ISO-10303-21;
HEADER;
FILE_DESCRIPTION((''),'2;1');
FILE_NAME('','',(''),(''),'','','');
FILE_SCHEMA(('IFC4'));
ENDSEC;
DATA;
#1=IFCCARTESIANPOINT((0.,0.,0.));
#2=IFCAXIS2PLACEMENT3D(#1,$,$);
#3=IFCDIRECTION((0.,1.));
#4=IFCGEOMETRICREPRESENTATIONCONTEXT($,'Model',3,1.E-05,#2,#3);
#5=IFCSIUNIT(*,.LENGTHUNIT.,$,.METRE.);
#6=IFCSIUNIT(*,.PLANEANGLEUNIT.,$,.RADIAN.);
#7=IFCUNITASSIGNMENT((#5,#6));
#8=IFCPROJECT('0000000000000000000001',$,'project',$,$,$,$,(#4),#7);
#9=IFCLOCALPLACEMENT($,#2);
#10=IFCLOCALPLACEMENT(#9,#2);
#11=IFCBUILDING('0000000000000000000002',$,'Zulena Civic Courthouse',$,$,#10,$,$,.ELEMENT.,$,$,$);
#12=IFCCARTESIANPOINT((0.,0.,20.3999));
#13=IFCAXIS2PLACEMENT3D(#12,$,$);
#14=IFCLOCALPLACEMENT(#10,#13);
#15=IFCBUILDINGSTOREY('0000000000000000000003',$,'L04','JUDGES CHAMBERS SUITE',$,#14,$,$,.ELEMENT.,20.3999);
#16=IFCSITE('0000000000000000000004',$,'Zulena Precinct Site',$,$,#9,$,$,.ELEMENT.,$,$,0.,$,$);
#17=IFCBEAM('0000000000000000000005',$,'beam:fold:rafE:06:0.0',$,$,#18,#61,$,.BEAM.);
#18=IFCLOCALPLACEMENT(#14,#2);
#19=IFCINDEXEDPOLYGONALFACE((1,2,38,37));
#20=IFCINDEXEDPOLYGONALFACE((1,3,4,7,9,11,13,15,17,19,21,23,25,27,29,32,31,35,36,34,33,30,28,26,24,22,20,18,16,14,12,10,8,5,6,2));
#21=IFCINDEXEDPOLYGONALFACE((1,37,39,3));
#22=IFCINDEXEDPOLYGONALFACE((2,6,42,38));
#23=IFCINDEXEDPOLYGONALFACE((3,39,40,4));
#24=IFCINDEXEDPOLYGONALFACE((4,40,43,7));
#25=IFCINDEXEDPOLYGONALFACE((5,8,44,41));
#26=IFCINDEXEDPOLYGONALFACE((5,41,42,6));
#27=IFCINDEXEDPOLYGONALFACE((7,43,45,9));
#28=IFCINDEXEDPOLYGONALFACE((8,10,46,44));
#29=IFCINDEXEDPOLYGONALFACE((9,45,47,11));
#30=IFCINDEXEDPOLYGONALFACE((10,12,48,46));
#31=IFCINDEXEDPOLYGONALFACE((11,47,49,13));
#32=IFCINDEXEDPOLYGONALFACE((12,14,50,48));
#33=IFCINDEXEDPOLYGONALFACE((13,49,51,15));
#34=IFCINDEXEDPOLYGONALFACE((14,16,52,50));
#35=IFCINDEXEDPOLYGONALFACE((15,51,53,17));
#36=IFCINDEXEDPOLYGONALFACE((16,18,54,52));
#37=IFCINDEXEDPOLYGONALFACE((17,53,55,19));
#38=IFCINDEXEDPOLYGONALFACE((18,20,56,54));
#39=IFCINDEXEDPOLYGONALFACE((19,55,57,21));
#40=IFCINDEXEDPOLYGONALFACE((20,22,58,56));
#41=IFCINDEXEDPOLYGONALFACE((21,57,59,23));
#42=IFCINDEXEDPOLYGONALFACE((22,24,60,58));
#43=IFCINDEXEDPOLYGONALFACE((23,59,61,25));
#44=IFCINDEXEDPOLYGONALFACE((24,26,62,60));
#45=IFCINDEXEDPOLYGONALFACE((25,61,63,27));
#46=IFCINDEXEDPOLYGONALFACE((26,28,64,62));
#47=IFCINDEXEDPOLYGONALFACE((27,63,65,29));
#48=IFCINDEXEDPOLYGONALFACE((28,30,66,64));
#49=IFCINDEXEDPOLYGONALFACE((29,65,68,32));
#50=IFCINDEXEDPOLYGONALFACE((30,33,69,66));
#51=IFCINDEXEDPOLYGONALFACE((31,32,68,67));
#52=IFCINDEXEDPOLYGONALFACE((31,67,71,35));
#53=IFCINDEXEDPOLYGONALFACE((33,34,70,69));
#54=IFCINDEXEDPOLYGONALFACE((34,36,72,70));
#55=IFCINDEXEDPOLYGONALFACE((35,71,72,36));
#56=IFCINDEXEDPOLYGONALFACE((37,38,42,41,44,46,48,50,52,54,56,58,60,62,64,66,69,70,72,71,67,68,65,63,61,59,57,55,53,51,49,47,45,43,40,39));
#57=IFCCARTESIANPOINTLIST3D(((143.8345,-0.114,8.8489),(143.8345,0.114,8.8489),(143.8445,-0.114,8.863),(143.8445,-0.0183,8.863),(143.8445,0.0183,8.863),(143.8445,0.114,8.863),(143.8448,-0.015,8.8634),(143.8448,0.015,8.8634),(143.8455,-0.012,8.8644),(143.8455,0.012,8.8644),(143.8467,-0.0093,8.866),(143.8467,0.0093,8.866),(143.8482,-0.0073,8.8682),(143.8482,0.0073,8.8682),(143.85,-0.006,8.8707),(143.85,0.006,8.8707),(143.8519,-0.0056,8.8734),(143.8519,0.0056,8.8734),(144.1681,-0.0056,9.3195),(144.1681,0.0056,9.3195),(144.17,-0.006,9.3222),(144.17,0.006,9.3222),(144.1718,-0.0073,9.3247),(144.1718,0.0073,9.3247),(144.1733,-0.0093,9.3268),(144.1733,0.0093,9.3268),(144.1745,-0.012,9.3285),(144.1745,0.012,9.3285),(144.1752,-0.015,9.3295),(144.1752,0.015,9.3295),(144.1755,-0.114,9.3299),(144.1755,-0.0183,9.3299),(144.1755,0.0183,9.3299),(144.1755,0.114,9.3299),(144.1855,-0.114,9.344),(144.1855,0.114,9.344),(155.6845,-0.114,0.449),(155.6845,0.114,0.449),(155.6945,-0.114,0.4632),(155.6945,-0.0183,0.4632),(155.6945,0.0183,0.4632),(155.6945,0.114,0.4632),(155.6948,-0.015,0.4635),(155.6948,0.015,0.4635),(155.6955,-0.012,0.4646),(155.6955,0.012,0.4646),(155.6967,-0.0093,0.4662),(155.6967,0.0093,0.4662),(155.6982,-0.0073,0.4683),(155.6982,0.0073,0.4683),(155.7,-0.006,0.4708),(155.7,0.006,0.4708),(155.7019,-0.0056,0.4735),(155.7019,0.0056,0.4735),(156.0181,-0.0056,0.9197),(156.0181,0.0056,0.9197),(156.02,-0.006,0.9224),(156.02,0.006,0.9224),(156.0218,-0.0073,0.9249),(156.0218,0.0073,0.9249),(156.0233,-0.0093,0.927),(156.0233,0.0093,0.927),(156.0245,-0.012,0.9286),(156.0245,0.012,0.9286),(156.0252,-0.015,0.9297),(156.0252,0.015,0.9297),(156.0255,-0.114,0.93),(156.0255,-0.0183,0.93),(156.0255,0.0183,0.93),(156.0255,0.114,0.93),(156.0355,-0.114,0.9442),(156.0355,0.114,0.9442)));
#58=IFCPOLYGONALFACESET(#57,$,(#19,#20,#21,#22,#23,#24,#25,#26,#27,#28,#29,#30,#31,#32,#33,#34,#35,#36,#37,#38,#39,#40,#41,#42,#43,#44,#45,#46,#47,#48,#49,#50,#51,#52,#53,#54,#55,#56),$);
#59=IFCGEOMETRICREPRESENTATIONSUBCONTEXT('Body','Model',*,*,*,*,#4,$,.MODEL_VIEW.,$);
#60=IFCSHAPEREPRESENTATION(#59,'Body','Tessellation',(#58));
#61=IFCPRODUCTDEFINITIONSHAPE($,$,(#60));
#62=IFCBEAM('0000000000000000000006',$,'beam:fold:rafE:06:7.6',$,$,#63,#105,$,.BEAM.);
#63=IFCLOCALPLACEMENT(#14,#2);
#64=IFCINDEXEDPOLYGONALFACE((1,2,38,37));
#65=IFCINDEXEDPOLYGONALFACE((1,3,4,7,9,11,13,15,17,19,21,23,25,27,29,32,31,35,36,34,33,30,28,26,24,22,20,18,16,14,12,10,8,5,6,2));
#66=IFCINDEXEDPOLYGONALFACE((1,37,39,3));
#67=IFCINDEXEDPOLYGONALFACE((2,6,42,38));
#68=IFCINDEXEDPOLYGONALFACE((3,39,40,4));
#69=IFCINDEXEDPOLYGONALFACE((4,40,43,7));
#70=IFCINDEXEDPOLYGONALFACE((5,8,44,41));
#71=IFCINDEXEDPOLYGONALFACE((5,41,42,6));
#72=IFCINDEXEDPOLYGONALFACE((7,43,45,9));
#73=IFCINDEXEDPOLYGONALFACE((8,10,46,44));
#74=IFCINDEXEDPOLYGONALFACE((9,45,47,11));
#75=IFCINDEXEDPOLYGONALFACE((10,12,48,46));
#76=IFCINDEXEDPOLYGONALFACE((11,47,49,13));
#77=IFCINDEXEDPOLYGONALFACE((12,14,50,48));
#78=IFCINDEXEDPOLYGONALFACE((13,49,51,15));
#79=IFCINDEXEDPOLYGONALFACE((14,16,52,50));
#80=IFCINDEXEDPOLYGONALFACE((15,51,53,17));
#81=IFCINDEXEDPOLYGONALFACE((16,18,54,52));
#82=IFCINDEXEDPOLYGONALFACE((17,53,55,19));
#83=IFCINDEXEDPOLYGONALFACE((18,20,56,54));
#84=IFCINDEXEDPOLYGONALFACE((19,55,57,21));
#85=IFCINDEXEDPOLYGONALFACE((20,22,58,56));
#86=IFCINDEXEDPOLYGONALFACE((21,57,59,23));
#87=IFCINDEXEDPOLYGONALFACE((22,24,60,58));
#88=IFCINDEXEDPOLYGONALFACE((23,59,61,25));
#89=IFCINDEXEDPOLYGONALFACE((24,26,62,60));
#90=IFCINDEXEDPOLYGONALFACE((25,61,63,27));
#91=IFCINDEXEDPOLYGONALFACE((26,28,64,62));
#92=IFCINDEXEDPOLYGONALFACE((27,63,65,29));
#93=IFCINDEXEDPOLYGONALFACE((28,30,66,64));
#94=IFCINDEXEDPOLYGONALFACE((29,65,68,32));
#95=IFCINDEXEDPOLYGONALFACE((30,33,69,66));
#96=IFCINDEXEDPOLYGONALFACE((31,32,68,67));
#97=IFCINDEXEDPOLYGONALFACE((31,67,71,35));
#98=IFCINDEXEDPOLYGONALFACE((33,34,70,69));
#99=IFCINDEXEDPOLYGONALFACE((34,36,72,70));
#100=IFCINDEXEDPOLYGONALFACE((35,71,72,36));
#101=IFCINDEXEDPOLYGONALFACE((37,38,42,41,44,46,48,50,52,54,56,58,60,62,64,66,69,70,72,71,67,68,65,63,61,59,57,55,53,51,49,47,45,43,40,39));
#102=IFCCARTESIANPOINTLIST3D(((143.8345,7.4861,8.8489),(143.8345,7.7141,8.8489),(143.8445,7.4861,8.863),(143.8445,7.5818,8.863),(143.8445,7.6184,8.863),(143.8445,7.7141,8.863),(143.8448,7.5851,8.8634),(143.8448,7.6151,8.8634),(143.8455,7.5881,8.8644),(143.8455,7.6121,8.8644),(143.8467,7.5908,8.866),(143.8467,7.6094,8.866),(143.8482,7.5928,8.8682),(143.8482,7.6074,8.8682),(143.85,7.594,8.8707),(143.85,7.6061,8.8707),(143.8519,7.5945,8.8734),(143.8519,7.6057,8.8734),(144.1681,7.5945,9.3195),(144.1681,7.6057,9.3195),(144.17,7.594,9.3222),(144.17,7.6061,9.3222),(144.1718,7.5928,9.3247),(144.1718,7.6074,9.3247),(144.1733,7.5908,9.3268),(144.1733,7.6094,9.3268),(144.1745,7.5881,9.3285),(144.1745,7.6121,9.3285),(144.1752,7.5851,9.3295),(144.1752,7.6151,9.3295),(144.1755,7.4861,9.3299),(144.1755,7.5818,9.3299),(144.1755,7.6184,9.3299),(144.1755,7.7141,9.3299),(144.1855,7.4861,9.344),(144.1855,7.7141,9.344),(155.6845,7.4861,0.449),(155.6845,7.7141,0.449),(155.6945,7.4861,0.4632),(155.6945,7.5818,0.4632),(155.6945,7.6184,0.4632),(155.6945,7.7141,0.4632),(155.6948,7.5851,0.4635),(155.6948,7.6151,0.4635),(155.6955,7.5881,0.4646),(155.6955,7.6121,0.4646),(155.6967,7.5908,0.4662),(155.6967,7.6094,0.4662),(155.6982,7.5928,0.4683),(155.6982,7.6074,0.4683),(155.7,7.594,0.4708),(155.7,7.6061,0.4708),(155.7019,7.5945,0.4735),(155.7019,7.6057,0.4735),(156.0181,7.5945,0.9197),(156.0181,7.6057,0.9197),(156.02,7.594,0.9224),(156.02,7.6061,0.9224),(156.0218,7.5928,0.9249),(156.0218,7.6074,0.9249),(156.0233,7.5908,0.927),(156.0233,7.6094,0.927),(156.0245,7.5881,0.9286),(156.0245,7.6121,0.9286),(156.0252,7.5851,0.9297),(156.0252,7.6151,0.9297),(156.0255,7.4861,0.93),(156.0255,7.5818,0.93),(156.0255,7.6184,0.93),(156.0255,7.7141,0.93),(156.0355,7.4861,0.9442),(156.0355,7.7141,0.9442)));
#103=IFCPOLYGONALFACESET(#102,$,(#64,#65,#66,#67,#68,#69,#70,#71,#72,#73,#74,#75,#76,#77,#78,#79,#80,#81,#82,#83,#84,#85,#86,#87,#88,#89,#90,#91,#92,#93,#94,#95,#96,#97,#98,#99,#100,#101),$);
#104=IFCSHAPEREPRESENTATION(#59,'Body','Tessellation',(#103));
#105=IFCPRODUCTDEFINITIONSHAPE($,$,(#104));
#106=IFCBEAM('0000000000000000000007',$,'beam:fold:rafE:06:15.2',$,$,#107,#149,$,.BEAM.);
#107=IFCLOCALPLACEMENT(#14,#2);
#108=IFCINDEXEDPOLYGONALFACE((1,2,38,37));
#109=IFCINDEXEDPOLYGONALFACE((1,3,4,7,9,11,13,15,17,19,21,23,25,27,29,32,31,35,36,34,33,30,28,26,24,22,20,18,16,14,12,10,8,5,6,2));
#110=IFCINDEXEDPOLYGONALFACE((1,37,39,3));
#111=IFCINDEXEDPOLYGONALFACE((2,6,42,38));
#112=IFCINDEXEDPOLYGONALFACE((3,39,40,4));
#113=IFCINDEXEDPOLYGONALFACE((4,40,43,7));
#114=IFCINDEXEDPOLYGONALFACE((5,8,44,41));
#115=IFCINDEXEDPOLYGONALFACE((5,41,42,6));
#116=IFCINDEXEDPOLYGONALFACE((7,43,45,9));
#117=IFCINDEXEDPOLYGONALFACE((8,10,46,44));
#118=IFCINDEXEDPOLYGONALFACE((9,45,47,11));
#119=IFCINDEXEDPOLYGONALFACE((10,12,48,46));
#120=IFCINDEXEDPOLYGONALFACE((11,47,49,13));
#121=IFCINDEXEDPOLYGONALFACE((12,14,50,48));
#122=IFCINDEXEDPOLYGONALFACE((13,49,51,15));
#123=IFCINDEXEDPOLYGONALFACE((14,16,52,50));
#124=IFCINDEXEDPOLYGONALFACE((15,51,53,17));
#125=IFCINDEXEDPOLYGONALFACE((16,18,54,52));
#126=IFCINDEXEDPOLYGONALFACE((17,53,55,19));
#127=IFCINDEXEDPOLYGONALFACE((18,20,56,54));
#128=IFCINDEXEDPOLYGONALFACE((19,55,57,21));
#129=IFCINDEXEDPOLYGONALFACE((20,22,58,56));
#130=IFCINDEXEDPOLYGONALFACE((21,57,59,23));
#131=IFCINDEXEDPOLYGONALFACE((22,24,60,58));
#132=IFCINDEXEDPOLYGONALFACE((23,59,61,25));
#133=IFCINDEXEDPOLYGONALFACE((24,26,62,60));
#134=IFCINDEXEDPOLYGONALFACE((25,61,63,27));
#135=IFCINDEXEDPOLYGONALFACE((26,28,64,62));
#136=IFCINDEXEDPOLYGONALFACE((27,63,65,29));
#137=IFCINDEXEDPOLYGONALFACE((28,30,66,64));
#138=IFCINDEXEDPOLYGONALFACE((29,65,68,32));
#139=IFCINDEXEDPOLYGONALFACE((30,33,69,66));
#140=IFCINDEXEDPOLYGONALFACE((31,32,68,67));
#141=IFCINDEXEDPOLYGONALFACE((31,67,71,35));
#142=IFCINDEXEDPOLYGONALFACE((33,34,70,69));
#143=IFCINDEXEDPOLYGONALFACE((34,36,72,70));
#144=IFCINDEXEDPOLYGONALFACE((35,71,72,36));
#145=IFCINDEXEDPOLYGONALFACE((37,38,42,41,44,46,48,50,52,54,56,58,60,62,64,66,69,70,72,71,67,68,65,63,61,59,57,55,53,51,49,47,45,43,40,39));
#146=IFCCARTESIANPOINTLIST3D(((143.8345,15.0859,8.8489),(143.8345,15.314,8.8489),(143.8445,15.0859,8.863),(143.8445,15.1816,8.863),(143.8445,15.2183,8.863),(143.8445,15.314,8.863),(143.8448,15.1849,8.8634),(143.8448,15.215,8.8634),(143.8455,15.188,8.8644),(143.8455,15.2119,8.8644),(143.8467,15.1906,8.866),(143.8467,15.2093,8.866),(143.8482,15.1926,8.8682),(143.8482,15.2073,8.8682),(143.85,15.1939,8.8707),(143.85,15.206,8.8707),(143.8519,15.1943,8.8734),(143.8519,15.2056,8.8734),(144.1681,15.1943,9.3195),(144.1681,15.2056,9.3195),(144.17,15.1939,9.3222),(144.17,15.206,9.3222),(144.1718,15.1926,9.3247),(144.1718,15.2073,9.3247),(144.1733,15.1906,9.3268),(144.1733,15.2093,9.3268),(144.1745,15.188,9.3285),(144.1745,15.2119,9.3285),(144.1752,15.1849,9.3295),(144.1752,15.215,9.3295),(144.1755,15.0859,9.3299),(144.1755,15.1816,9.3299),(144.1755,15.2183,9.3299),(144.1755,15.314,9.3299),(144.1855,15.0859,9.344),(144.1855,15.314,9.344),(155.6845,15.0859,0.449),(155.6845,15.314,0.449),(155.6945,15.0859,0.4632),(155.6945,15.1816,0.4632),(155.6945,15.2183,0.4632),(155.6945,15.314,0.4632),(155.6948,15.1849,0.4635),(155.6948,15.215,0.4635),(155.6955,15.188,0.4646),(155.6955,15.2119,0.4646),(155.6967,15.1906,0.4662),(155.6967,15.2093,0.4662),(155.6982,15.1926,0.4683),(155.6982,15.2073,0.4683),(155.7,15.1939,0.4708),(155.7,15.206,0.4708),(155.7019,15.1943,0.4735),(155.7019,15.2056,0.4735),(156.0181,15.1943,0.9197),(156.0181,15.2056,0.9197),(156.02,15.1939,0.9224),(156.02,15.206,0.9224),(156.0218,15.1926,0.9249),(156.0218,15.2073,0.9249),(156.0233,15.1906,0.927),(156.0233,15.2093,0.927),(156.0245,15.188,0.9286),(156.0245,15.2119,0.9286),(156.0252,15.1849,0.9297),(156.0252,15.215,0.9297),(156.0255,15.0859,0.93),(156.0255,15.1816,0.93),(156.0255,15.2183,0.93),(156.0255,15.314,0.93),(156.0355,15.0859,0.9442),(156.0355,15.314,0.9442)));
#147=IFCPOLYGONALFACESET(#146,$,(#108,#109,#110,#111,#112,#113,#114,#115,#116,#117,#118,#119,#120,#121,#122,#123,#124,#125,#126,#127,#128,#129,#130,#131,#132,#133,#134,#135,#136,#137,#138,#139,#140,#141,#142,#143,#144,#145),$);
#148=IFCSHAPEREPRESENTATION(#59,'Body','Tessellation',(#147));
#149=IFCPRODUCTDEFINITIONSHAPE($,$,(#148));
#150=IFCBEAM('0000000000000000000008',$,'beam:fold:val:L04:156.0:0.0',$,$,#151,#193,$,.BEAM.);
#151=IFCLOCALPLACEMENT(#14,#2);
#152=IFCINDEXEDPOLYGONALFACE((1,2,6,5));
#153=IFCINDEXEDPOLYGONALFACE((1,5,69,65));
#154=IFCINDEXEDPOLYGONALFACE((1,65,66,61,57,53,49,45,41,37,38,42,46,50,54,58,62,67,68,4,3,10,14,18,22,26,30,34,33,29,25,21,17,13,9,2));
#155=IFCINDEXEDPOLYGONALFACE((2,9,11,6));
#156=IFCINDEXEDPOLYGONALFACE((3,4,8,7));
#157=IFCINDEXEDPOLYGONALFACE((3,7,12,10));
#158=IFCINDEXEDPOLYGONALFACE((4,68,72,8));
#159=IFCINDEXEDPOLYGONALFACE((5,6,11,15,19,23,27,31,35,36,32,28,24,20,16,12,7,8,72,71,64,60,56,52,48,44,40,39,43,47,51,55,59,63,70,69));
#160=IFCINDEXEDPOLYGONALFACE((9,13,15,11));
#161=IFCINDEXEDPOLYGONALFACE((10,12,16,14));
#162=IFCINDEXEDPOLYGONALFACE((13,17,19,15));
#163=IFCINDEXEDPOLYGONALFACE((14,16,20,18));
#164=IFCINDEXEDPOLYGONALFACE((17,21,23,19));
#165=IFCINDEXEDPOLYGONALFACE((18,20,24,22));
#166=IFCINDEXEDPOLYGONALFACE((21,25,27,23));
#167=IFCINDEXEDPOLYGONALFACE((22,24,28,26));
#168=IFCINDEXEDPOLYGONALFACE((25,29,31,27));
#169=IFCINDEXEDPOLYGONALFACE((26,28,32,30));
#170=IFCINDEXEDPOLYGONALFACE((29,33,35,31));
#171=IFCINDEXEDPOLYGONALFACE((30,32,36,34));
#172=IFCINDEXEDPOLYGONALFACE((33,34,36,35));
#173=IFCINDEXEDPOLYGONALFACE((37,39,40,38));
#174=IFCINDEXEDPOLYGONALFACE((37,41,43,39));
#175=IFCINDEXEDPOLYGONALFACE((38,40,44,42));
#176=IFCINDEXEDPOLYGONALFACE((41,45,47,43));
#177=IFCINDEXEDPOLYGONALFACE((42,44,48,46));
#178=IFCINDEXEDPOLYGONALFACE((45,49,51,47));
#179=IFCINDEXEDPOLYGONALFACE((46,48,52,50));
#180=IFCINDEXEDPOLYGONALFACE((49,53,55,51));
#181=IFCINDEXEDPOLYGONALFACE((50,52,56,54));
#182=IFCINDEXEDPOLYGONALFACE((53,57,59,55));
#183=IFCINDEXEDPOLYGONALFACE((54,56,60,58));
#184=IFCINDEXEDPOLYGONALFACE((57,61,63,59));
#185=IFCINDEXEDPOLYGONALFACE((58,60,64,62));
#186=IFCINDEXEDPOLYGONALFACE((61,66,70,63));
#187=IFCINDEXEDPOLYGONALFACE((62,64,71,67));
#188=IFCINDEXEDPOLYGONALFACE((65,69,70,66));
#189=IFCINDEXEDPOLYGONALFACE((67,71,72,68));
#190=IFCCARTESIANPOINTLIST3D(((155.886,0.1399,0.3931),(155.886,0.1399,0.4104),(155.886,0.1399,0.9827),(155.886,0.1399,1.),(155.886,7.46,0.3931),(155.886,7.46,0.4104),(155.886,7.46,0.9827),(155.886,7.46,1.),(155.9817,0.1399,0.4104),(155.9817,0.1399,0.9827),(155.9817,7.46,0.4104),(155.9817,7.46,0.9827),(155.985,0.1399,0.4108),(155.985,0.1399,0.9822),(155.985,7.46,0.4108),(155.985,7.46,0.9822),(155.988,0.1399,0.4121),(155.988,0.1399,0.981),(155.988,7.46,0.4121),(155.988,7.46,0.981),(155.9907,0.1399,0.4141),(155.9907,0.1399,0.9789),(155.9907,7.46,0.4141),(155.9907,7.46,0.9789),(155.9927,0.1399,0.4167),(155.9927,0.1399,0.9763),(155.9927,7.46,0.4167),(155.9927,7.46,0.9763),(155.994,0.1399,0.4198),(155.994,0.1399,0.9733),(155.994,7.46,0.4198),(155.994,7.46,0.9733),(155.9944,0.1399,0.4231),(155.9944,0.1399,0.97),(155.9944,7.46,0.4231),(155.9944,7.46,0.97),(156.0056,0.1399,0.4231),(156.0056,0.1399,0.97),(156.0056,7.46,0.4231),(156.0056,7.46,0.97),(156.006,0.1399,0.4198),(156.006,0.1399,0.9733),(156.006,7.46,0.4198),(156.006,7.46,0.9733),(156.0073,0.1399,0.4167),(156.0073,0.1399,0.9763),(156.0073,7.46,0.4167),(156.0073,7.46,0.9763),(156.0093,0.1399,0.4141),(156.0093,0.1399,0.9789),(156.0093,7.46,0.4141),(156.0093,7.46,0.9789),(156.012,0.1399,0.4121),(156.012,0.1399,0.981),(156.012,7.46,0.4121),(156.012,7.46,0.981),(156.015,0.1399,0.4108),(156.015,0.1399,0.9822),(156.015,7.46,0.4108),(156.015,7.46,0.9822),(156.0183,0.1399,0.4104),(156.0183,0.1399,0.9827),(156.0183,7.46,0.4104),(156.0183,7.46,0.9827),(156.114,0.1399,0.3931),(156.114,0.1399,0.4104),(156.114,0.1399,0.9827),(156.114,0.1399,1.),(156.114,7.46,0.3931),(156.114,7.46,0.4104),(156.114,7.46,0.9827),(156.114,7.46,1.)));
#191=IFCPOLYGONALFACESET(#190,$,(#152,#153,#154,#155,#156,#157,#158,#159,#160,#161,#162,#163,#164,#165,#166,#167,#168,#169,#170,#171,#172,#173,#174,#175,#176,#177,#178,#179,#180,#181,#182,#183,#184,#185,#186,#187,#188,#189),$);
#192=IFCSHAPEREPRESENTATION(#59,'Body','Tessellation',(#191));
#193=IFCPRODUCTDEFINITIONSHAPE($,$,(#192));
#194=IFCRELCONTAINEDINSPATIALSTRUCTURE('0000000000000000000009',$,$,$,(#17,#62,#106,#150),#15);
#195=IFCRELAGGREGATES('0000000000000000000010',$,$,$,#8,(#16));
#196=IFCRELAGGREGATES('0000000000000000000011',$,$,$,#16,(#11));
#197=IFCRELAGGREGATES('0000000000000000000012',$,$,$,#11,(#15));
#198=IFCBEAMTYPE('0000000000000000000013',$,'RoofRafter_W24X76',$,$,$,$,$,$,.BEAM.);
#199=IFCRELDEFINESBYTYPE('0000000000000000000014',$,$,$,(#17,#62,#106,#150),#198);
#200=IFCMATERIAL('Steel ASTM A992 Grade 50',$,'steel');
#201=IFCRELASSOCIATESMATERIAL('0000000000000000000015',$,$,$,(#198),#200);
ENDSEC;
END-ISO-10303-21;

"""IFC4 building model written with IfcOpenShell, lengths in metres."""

from ifc_helpers import new_model, si_unit, direction, frame, origin, origin_2d, place, context, subcontext, project, spatial, i_section, extrude, material, material_profile, profile_set, type_object, element, save


model = new_model("IFC4")

# Units and contexts
model_context = context("Model", 3, precision=1e-05, world=origin(), true_north=direction((0.0, 1.0)))
body_context = subcontext(model_context, "Body", "Model", "MODEL_VIEW")
ifc_project = project(units=[si_unit("LENGTHUNIT", "METRE"), si_unit("PLANEANGLEUNIT", "RADIAN")], contexts=[model_context])

# Site, building, storey
site_placement = place(None, origin())
site = spatial("IfcSite", under=ifc_project, at=site_placement, Name="Zulena Precinct Site", CompositionType="ELEMENT", RefElevation=0.0)
building_placement = place(site_placement, origin())
building = spatial("IfcBuilding", under=site, at=building_placement, Name="Zulena Civic Courthouse", CompositionType="ELEMENT")
storey_placement = place(building_placement, frame((0.0, 0.0, 20.3999)))
storey = spatial("IfcBuildingStorey", under=building, at=storey_placement, Name="L04", Description="JUDGES CHAMBERS SUITE", CompositionType="ELEMENT", Elevation=20.3999)

# Shared definitions
ifc_material_1 = material(Name="Steel ASTM A992 Grade 50", Category="steel")

# Beams
ifc_material_profile_1 = material_profile(ifc_material_1, i_section(OverallWidth=0.228, OverallDepth=0.6069, WebThickness=0.0112, FlangeThickness=0.0173, FilletRadius=0.0127, at=origin_2d()), Name="W24X76")
ifc_profile_set_1 = profile_set([ifc_material_profile_1], Name="Steel ASTM A992 Grade 50")
beam_type = type_object("IfcBeamType", Name="RoofRafter_W24X76", PredefinedType="BEAM", material=ifc_profile_set_1)
for number, where, z_axis, x_axis, name in (
    (1, (144.01, 0.0, 9.0964), (0.815827, 0.0, -0.578296), (0.0, 1.0, 0.0), "beam:fold:rafE:06:0.0"),
    (2, (144.01, 7.6001, 9.0964), (0.815827, 0.0, -0.578296), (0.0, 1.0, 0.0), "beam:fold:rafE:06:7.6"),
    (3, (144.01, 15.2, 9.0964), (0.815827, 0.0, -0.578296), (0.0, 1.0, 0.0), "beam:fold:rafE:06:15.2"),
):
    element("IfcBeam", number, at=place(storey_placement, frame(where, z_axis=z_axis, x_axis=x_axis)), inside=storey, type_object=beam_type, Name=name, PredefinedType="BEAM", context=body_context, shape_type="SweptSolid", body=[
        extrude(i_section(OverallWidth=0.228, OverallDepth=0.6069, WebThickness=0.0112, FlangeThickness=0.0173, FilletRadius=0.0127, at=origin_2d()), origin(), (0.0, 0.0, 1.0), 14.5251),
    ])
for number, where, z_axis, x_axis, name in (
    (4, (156.0, 0.1399, 0.6965), (0.0, 1.0, 0.0), (-1.0, 0.0, 0.0), "beam:fold:val:L04:156.0:0.0"),
):
    element("IfcBeam", number, at=place(storey_placement, frame(where, z_axis=z_axis, x_axis=x_axis)), inside=storey, type_object=beam_type, Name=name, PredefinedType="BEAM", context=body_context, shape_type="SweptSolid", body=[
        extrude(i_section(OverallWidth=0.228, OverallDepth=0.6069, WebThickness=0.0112, FlangeThickness=0.0173, FilletRadius=0.0127, at=origin_2d()), origin(), (0.0, 0.0, 1.0), 7.3201),
    ])

save(model, "model.ifc")
